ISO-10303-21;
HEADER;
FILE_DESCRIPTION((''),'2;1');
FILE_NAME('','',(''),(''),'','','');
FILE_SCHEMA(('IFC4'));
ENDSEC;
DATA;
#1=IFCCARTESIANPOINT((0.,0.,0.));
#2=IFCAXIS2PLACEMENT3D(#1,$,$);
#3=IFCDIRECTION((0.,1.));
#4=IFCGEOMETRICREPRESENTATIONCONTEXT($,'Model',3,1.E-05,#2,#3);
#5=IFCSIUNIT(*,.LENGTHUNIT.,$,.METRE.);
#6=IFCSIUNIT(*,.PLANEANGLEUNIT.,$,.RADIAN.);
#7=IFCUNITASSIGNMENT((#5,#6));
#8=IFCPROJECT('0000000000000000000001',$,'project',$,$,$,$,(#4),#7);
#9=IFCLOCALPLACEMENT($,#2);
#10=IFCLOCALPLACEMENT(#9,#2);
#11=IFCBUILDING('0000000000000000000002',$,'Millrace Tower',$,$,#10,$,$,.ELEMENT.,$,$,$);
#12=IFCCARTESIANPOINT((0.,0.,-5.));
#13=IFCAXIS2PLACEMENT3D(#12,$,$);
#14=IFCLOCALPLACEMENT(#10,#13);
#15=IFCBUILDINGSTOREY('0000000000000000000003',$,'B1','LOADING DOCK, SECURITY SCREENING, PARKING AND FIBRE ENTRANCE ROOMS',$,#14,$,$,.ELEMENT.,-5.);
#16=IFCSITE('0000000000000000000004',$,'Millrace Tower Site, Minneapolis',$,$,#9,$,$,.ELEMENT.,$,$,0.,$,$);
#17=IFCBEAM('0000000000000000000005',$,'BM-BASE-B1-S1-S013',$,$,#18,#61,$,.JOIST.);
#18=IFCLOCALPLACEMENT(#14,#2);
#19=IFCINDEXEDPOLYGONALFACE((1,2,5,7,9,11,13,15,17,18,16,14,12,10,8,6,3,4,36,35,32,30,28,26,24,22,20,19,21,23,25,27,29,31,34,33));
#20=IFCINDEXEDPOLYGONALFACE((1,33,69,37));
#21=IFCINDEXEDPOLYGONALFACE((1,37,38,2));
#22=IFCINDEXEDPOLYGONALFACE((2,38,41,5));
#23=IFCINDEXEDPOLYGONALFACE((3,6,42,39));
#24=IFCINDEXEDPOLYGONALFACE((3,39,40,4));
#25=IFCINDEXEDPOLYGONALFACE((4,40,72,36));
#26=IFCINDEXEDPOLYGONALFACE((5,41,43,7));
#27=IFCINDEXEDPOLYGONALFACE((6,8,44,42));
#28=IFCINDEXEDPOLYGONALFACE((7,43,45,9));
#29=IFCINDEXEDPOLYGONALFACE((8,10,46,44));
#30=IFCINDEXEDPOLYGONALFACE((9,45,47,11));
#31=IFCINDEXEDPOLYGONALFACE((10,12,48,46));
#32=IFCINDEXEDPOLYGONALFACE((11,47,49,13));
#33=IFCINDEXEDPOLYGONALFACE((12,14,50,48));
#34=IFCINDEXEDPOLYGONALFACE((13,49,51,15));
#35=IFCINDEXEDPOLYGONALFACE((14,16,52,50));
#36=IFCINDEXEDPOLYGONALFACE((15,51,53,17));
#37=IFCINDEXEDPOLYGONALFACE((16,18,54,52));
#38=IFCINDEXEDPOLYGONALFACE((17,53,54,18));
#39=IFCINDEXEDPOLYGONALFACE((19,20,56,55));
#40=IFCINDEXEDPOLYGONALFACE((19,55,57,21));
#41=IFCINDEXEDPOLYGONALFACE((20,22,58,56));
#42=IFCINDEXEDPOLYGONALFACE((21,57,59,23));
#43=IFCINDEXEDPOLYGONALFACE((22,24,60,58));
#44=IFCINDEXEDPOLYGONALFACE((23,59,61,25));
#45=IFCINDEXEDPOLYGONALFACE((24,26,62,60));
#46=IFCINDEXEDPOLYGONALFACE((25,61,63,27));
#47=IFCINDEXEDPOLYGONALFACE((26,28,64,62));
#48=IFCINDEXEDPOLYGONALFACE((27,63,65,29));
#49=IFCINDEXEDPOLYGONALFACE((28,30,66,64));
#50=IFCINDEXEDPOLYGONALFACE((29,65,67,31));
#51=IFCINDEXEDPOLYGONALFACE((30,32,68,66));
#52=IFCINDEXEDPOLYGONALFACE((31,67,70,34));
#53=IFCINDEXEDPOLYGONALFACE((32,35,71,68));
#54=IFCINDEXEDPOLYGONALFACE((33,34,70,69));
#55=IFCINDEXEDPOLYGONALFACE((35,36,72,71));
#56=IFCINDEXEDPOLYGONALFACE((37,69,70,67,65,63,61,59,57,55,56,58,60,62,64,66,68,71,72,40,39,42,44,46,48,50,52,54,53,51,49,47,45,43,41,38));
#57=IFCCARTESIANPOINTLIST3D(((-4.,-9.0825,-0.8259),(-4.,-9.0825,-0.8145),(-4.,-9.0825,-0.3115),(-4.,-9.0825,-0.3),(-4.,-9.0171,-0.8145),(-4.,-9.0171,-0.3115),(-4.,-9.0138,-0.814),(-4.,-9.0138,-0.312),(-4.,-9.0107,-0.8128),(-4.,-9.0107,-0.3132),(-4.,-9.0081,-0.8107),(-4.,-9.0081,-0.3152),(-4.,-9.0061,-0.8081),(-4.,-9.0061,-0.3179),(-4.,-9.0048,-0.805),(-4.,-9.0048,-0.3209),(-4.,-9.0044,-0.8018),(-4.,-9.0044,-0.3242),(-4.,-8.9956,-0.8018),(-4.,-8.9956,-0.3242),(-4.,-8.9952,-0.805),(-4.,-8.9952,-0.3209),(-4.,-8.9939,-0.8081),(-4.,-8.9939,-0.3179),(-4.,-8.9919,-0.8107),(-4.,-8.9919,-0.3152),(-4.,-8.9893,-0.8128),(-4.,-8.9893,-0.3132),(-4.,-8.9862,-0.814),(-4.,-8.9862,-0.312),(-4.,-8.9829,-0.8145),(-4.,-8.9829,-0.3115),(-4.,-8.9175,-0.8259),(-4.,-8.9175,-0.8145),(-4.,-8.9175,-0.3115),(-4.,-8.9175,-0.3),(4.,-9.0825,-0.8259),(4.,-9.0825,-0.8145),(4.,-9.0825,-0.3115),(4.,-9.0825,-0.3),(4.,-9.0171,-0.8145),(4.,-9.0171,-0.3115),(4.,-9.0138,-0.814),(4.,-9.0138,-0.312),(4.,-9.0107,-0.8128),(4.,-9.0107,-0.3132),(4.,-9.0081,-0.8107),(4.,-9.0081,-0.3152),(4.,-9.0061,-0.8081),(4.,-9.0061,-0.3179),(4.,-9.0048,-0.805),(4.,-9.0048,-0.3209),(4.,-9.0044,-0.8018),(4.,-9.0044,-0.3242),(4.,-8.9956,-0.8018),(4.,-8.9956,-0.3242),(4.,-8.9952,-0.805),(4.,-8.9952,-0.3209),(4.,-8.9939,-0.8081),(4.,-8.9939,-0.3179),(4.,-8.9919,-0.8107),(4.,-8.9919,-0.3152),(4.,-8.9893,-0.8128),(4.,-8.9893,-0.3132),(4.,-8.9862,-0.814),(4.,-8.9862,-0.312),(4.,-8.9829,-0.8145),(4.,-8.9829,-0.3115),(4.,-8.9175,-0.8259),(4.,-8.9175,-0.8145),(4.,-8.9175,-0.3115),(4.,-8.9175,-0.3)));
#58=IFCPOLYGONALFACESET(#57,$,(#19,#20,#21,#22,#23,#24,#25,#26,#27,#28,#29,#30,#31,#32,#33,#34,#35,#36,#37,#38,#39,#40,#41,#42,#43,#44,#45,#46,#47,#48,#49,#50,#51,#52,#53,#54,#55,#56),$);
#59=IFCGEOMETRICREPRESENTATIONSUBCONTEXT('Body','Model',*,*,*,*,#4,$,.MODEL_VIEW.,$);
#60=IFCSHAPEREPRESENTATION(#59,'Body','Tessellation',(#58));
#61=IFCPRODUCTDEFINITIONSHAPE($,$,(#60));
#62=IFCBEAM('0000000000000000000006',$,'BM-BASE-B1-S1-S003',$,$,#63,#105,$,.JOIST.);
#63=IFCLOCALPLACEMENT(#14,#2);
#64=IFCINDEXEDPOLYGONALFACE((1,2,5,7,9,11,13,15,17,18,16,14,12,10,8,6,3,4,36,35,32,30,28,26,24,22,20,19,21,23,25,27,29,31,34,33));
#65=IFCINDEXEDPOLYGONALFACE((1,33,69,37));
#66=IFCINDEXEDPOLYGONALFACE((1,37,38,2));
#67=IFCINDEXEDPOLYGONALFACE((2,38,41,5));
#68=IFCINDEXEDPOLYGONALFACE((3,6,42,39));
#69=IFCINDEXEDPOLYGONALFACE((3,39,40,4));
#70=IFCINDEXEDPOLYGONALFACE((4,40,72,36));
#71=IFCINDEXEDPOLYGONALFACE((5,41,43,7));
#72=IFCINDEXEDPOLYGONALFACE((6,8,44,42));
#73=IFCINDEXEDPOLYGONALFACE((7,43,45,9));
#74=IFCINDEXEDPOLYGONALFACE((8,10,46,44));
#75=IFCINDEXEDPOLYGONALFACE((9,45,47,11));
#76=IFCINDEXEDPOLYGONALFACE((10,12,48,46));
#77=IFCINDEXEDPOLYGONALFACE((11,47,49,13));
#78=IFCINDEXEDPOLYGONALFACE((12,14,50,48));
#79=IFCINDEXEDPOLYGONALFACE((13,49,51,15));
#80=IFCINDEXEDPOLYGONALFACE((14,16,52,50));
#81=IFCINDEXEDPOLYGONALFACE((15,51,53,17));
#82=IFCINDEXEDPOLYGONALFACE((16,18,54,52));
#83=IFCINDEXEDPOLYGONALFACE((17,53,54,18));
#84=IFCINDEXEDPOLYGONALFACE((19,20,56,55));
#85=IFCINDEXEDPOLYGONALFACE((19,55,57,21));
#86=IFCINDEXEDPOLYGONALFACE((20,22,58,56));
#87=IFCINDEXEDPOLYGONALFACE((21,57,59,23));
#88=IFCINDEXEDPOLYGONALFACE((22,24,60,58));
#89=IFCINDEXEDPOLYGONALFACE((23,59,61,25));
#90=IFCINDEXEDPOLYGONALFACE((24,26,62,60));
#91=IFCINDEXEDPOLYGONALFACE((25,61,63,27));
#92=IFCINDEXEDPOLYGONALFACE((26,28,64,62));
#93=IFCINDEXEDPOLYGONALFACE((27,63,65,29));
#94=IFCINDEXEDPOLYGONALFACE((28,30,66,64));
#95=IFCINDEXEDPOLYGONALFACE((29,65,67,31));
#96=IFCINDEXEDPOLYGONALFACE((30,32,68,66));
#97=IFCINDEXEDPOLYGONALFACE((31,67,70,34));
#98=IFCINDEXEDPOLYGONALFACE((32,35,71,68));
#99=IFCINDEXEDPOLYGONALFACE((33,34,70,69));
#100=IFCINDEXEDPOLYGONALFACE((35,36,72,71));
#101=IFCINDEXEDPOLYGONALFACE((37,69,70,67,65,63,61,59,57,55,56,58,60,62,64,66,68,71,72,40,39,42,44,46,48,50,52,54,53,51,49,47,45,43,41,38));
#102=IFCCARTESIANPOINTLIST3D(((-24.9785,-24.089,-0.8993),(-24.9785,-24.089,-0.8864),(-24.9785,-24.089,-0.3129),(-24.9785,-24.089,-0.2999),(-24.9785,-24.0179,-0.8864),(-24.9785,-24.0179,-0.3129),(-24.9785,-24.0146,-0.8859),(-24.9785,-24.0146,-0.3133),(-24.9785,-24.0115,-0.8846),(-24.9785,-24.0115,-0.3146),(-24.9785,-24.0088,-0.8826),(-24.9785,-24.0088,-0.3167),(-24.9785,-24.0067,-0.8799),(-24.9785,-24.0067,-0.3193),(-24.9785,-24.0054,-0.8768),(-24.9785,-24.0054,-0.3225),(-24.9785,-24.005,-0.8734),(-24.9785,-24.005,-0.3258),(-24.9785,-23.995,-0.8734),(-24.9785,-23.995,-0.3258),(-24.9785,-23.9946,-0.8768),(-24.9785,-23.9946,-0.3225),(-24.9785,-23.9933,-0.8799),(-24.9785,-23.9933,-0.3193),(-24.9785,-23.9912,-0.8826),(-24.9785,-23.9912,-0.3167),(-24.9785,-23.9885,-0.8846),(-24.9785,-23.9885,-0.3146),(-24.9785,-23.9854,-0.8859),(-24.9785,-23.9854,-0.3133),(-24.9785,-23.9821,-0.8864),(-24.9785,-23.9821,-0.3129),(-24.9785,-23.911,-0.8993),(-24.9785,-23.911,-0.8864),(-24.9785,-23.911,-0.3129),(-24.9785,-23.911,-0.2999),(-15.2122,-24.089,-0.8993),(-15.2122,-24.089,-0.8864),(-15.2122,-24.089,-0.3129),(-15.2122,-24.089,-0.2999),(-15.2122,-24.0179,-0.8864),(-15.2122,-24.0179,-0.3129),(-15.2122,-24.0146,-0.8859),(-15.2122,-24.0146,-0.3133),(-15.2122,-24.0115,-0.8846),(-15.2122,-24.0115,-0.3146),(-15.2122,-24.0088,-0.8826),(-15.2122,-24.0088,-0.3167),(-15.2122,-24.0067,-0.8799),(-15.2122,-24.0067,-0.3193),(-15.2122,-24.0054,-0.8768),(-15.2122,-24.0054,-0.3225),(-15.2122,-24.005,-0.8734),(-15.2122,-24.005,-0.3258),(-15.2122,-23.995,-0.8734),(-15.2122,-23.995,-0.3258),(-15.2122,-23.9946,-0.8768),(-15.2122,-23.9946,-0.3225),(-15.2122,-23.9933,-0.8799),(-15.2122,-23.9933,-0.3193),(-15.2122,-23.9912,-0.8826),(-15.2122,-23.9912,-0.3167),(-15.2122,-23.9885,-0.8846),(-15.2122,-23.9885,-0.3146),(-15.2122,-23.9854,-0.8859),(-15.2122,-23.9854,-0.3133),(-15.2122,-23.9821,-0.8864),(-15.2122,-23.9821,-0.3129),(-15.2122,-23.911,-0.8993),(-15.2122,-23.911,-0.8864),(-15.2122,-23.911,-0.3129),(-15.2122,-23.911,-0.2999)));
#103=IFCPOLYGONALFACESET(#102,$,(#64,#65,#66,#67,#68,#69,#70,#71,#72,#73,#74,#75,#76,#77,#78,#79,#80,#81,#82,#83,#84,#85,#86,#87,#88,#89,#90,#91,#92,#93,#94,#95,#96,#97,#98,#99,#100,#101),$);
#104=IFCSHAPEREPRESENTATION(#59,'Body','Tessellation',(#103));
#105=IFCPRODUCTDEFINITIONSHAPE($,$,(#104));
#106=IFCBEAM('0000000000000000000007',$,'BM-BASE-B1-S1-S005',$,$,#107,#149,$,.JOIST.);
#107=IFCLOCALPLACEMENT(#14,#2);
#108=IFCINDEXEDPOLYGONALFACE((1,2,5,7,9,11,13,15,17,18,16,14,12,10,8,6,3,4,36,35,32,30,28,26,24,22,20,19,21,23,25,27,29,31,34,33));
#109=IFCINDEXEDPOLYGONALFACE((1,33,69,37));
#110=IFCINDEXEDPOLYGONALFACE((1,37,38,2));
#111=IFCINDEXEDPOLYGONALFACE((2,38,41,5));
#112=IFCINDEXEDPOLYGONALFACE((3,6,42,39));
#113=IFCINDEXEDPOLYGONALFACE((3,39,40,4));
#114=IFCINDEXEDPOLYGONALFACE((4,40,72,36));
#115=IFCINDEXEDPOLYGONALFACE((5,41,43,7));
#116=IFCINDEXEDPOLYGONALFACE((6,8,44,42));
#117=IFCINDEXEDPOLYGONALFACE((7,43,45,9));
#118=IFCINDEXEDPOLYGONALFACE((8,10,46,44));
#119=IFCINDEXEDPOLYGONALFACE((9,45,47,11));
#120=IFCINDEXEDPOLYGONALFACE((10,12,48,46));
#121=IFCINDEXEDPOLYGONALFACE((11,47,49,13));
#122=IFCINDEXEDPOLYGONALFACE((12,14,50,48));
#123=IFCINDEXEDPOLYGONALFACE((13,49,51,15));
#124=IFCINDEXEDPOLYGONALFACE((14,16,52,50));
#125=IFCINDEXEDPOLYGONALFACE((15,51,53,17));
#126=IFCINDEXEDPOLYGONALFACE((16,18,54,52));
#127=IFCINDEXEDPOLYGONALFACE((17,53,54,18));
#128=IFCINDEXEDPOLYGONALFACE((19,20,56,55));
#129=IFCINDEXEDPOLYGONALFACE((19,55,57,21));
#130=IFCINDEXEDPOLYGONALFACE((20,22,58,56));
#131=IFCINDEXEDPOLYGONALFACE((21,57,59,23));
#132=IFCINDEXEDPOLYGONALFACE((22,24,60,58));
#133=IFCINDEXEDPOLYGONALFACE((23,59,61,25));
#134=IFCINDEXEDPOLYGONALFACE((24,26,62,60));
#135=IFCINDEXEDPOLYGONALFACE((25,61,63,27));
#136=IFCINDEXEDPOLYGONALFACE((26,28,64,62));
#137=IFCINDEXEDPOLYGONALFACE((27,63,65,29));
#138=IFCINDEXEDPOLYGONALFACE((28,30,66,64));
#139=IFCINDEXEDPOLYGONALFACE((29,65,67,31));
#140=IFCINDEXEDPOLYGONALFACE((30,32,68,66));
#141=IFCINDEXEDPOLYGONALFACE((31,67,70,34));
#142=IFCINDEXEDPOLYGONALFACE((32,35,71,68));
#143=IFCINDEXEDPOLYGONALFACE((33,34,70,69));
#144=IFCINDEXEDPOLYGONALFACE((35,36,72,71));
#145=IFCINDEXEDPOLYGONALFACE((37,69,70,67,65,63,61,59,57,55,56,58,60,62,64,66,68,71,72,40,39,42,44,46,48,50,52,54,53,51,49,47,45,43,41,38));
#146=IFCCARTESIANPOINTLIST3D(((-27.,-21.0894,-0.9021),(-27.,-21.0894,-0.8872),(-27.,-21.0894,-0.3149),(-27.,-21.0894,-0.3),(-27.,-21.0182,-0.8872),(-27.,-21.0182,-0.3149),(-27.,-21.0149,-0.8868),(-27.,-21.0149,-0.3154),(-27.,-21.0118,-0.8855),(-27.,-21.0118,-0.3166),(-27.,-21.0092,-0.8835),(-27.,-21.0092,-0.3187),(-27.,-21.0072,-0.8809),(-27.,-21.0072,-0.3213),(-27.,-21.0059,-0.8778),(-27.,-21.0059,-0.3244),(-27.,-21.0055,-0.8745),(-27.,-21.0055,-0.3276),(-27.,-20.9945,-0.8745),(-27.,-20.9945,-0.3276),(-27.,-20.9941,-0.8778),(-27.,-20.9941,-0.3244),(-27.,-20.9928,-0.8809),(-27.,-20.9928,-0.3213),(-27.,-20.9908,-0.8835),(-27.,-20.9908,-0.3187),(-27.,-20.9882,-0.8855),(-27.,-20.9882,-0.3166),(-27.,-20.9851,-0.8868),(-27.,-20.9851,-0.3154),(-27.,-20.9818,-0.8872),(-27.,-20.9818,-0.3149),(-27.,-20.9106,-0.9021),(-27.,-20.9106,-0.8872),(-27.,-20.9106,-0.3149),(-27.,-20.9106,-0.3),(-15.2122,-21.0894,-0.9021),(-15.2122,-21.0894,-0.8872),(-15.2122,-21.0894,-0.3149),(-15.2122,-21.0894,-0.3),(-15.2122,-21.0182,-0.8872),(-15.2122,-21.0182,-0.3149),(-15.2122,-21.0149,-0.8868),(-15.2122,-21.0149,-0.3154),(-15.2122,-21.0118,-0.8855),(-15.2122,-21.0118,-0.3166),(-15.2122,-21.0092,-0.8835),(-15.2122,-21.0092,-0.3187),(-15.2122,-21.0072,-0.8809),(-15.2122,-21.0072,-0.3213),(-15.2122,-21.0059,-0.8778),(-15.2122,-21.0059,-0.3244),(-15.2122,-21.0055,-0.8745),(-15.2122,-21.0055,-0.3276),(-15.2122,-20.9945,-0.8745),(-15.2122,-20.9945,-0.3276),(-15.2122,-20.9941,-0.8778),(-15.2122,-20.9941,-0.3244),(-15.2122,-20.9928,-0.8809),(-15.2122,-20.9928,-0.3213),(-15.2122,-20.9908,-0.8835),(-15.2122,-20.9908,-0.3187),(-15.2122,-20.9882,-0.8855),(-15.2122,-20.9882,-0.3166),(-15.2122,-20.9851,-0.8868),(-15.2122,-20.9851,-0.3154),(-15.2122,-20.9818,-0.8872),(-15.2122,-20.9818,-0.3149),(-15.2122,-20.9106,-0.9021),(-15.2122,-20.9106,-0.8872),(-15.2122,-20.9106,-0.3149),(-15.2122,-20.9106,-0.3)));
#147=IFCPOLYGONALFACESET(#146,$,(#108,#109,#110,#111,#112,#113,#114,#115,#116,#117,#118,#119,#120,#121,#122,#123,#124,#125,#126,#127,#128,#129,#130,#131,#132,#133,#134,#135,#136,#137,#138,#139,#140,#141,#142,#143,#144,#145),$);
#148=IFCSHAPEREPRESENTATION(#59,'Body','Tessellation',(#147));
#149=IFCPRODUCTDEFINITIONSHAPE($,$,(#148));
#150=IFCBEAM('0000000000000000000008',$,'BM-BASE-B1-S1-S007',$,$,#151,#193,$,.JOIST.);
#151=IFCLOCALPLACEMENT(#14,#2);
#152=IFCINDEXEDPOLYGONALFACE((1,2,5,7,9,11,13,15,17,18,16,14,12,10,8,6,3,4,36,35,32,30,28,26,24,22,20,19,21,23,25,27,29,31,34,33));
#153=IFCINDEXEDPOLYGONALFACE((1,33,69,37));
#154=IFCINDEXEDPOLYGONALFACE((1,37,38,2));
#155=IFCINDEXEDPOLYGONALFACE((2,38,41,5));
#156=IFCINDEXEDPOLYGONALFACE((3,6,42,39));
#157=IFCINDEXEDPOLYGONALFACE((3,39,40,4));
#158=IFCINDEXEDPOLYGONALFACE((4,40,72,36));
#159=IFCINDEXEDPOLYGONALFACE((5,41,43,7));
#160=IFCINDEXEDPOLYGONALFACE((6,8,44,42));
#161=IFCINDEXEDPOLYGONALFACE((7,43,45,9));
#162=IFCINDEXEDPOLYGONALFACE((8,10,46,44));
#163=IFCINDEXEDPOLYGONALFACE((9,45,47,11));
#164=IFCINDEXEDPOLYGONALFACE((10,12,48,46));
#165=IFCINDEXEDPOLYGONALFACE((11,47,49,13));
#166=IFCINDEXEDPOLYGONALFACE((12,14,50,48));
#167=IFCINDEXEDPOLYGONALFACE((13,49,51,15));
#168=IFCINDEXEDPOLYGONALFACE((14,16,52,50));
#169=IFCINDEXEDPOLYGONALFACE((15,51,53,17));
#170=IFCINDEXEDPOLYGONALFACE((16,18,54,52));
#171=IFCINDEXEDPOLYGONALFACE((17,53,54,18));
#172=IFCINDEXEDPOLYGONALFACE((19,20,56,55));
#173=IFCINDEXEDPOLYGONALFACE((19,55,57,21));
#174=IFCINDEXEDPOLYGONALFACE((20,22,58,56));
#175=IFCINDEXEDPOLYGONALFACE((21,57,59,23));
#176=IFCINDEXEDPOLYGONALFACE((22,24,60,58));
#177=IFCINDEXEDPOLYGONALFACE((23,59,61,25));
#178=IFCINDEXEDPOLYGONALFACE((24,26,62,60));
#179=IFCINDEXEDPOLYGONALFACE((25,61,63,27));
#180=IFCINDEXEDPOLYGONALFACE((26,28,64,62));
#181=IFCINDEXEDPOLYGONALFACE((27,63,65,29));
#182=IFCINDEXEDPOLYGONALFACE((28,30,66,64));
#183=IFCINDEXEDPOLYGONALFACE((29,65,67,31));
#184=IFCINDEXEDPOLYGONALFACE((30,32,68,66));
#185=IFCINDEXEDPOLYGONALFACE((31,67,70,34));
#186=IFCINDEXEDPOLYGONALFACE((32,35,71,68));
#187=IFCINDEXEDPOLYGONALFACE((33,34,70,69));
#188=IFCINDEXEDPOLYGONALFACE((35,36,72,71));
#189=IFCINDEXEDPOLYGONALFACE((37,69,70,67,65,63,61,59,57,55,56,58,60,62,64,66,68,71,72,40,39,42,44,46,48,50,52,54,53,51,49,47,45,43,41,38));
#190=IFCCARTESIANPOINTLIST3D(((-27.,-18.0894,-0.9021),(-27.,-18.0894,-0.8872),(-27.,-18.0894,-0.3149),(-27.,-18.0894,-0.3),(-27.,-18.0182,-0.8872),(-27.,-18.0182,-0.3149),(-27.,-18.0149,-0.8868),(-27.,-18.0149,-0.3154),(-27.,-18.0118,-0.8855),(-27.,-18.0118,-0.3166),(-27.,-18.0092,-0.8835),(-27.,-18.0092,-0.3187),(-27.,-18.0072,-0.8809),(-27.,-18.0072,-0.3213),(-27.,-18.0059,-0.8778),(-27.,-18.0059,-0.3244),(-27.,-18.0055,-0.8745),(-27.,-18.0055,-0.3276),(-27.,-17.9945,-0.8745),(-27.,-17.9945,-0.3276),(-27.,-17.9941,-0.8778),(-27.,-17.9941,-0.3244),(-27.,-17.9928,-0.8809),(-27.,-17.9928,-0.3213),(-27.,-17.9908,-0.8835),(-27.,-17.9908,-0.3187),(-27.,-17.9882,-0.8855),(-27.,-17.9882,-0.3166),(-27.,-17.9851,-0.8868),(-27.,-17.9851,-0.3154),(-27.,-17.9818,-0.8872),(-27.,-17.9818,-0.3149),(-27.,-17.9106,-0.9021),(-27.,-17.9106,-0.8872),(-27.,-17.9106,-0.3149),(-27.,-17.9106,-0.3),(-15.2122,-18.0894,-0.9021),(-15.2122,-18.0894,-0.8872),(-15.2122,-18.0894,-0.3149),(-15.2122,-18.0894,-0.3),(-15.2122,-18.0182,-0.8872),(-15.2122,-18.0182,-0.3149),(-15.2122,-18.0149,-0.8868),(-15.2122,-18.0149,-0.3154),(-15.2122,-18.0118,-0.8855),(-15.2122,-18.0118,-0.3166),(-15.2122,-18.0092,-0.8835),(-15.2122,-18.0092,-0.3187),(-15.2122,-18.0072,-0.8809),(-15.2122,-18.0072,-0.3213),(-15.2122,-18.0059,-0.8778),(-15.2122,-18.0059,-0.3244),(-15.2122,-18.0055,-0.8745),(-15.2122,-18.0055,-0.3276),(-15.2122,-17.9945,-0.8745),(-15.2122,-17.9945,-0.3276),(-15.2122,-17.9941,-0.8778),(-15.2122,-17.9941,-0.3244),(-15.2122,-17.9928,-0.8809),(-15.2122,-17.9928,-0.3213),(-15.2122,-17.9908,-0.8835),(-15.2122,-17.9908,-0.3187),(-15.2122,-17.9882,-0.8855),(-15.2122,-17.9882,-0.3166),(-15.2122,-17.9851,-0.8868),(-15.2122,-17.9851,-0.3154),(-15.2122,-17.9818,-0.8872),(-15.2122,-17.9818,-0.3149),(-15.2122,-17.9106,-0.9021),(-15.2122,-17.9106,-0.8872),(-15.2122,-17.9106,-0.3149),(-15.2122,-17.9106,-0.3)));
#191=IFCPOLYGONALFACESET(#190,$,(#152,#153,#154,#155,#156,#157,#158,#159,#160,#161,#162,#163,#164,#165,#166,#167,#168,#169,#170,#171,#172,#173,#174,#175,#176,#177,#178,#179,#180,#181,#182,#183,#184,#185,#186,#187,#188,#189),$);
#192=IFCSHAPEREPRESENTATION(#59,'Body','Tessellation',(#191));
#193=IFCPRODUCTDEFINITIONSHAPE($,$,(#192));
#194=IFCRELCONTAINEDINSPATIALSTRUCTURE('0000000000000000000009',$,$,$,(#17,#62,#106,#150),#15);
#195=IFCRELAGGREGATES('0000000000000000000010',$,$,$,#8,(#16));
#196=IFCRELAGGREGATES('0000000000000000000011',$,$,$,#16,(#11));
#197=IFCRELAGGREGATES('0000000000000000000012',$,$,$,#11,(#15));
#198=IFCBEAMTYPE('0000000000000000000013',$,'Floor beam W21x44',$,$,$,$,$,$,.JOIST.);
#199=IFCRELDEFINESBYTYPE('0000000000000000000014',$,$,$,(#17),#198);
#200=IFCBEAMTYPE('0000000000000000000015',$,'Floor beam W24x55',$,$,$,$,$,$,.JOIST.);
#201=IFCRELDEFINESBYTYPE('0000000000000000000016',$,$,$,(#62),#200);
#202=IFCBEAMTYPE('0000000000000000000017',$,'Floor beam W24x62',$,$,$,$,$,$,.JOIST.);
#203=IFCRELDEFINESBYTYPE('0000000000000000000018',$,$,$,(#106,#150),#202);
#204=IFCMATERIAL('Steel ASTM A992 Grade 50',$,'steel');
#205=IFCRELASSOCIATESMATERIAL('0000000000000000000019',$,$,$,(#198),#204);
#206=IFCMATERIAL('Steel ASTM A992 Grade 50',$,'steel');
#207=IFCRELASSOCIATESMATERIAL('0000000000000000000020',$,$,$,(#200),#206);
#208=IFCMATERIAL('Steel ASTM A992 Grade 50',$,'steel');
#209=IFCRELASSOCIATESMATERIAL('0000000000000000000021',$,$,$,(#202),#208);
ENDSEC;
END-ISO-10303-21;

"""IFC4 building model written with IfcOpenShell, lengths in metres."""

from ifc_helpers import new_model, si_unit, direction, frame, origin, origin_2d, place, context, subcontext, project, spatial, i_section, extrude, material, material_profile, profile_set, type_object, element, save


model = new_model("IFC4")

# Units and contexts
model_context = context("Model", 3, precision=1e-05, world=origin(), true_north=direction((0.0, 1.0)))
body_context = subcontext(model_context, "Body", "Model", "MODEL_VIEW")
ifc_project = project(units=[si_unit("LENGTHUNIT", "METRE"), si_unit("PLANEANGLEUNIT", "RADIAN")], contexts=[model_context])

# Site, building, storey
site_placement = place(None, origin())
site = spatial("IfcSite", under=ifc_project, at=site_placement, Name="Millrace Tower Site, Minneapolis", CompositionType="ELEMENT", RefElevation=0.0)
building_placement = place(site_placement, origin())
building = spatial("IfcBuilding", under=site, at=building_placement, Name="Millrace Tower", CompositionType="ELEMENT")
storey_placement = place(building_placement, frame((0.0, 0.0, -5.0)))
storey = spatial("IfcBuildingStorey", under=building, at=storey_placement, Name="B1", Description="LOADING DOCK, SECURITY SCREENING, PARKING AND FIBRE ENTRANCE ROOMS", CompositionType="ELEMENT", Elevation=-5.0)

# Beams
ifc_material_1 = material(Name="Steel ASTM A992 Grade 50", Category="steel")
ifc_material_profile_1 = material_profile(ifc_material_1, i_section(OverallWidth=0.165, OverallDepth=0.5259, WebThickness=0.0088, FlangeThickness=0.0115, FilletRadius=0.0127, at=origin_2d()))
ifc_profile_set_1 = profile_set([ifc_material_profile_1], Name="Steel ASTM A992 Grade 50")
beam_type_1 = type_object("IfcBeamType", Name="Floor beam W21x44", PredefinedType="JOIST", material=ifc_profile_set_1)
beam_1_placement = place(storey_placement, frame((-4.0, -9.0, -0.563), z_axis=(1.0, 0.0, 0.0), x_axis=(0.0, 1.0, 0.0)))
element("IfcBeam", 1, at=beam_1_placement, inside=storey, type_object=beam_type_1, Name="BM-BASE-B1-S1-S013", PredefinedType="JOIST", context=body_context, shape_type="SweptSolid", body=[
    extrude(i_section(OverallWidth=0.165, OverallDepth=0.5259, WebThickness=0.0088, FlangeThickness=0.0115, FilletRadius=0.0127, at=origin_2d()), origin(), (0.0, 0.0, 1.0), 8.0),
])
ifc_material_2 = material(Name="Steel ASTM A992 Grade 50", Category="steel")
ifc_material_profile_2 = material_profile(ifc_material_2, i_section(OverallWidth=0.178, OverallDepth=0.5994, WebThickness=0.01, FlangeThickness=0.0129, FilletRadius=0.0129, at=origin_2d()))
ifc_profile_set_2 = profile_set([ifc_material_profile_2], Name="Steel ASTM A992 Grade 50")
beam_type_2 = type_object("IfcBeamType", Name="Floor beam W24x55", PredefinedType="JOIST", material=ifc_profile_set_2)
beam_2_placement = place(storey_placement, frame((-24.9785, -24.0, -0.5996), z_axis=(1.0, 0.0, 0.0), x_axis=(0.0, 1.0, 0.0)))
element("IfcBeam", 2, at=beam_2_placement, inside=storey, type_object=beam_type_2, Name="BM-BASE-B1-S1-S003", PredefinedType="JOIST", context=body_context, shape_type="SweptSolid", body=[
    extrude(i_section(OverallWidth=0.178, OverallDepth=0.5994, WebThickness=0.01, FlangeThickness=0.0129, FilletRadius=0.0129, at=origin_2d()), origin(), (0.0, 0.0, 1.0), 9.7664),
])
ifc_material_3 = material(Name="Steel ASTM A992 Grade 50", Category="steel")
ifc_material_profile_3 = material_profile(ifc_material_3, i_section(OverallWidth=0.1787, OverallDepth=0.6021, WebThickness=0.011, FlangeThickness=0.0149, FilletRadius=0.0127, at=origin_2d()))
ifc_profile_set_3 = profile_set([ifc_material_profile_3], Name="Steel ASTM A992 Grade 50")
beam_type_3 = type_object("IfcBeamType", Name="Floor beam W24x62", PredefinedType="JOIST", material=ifc_profile_set_3)
for number, where, z_axis, x_axis, name in (
    (3, (-27.0, -21.0, -0.6011), (1.0, 0.0, 0.0), (0.0, 1.0, 0.0), "BM-BASE-B1-S1-S005"),
    (4, (-27.0, -18.0, -0.6011), (1.0, 0.0, 0.0), (0.0, 1.0, 0.0), "BM-BASE-B1-S1-S007"),
):
    element("IfcBeam", number, at=place(storey_placement, frame(where, z_axis=z_axis, x_axis=x_axis)), inside=storey, type_object=beam_type_3, Name=name, PredefinedType="JOIST", context=body_context, shape_type="SweptSolid", body=[
        extrude(i_section(OverallWidth=0.1787, OverallDepth=0.6021, WebThickness=0.011, FlangeThickness=0.0149, FilletRadius=0.0127, at=origin_2d()), origin(), (0.0, 0.0, 1.0), 11.7878),
    ])

save(model, "model.ifc")
